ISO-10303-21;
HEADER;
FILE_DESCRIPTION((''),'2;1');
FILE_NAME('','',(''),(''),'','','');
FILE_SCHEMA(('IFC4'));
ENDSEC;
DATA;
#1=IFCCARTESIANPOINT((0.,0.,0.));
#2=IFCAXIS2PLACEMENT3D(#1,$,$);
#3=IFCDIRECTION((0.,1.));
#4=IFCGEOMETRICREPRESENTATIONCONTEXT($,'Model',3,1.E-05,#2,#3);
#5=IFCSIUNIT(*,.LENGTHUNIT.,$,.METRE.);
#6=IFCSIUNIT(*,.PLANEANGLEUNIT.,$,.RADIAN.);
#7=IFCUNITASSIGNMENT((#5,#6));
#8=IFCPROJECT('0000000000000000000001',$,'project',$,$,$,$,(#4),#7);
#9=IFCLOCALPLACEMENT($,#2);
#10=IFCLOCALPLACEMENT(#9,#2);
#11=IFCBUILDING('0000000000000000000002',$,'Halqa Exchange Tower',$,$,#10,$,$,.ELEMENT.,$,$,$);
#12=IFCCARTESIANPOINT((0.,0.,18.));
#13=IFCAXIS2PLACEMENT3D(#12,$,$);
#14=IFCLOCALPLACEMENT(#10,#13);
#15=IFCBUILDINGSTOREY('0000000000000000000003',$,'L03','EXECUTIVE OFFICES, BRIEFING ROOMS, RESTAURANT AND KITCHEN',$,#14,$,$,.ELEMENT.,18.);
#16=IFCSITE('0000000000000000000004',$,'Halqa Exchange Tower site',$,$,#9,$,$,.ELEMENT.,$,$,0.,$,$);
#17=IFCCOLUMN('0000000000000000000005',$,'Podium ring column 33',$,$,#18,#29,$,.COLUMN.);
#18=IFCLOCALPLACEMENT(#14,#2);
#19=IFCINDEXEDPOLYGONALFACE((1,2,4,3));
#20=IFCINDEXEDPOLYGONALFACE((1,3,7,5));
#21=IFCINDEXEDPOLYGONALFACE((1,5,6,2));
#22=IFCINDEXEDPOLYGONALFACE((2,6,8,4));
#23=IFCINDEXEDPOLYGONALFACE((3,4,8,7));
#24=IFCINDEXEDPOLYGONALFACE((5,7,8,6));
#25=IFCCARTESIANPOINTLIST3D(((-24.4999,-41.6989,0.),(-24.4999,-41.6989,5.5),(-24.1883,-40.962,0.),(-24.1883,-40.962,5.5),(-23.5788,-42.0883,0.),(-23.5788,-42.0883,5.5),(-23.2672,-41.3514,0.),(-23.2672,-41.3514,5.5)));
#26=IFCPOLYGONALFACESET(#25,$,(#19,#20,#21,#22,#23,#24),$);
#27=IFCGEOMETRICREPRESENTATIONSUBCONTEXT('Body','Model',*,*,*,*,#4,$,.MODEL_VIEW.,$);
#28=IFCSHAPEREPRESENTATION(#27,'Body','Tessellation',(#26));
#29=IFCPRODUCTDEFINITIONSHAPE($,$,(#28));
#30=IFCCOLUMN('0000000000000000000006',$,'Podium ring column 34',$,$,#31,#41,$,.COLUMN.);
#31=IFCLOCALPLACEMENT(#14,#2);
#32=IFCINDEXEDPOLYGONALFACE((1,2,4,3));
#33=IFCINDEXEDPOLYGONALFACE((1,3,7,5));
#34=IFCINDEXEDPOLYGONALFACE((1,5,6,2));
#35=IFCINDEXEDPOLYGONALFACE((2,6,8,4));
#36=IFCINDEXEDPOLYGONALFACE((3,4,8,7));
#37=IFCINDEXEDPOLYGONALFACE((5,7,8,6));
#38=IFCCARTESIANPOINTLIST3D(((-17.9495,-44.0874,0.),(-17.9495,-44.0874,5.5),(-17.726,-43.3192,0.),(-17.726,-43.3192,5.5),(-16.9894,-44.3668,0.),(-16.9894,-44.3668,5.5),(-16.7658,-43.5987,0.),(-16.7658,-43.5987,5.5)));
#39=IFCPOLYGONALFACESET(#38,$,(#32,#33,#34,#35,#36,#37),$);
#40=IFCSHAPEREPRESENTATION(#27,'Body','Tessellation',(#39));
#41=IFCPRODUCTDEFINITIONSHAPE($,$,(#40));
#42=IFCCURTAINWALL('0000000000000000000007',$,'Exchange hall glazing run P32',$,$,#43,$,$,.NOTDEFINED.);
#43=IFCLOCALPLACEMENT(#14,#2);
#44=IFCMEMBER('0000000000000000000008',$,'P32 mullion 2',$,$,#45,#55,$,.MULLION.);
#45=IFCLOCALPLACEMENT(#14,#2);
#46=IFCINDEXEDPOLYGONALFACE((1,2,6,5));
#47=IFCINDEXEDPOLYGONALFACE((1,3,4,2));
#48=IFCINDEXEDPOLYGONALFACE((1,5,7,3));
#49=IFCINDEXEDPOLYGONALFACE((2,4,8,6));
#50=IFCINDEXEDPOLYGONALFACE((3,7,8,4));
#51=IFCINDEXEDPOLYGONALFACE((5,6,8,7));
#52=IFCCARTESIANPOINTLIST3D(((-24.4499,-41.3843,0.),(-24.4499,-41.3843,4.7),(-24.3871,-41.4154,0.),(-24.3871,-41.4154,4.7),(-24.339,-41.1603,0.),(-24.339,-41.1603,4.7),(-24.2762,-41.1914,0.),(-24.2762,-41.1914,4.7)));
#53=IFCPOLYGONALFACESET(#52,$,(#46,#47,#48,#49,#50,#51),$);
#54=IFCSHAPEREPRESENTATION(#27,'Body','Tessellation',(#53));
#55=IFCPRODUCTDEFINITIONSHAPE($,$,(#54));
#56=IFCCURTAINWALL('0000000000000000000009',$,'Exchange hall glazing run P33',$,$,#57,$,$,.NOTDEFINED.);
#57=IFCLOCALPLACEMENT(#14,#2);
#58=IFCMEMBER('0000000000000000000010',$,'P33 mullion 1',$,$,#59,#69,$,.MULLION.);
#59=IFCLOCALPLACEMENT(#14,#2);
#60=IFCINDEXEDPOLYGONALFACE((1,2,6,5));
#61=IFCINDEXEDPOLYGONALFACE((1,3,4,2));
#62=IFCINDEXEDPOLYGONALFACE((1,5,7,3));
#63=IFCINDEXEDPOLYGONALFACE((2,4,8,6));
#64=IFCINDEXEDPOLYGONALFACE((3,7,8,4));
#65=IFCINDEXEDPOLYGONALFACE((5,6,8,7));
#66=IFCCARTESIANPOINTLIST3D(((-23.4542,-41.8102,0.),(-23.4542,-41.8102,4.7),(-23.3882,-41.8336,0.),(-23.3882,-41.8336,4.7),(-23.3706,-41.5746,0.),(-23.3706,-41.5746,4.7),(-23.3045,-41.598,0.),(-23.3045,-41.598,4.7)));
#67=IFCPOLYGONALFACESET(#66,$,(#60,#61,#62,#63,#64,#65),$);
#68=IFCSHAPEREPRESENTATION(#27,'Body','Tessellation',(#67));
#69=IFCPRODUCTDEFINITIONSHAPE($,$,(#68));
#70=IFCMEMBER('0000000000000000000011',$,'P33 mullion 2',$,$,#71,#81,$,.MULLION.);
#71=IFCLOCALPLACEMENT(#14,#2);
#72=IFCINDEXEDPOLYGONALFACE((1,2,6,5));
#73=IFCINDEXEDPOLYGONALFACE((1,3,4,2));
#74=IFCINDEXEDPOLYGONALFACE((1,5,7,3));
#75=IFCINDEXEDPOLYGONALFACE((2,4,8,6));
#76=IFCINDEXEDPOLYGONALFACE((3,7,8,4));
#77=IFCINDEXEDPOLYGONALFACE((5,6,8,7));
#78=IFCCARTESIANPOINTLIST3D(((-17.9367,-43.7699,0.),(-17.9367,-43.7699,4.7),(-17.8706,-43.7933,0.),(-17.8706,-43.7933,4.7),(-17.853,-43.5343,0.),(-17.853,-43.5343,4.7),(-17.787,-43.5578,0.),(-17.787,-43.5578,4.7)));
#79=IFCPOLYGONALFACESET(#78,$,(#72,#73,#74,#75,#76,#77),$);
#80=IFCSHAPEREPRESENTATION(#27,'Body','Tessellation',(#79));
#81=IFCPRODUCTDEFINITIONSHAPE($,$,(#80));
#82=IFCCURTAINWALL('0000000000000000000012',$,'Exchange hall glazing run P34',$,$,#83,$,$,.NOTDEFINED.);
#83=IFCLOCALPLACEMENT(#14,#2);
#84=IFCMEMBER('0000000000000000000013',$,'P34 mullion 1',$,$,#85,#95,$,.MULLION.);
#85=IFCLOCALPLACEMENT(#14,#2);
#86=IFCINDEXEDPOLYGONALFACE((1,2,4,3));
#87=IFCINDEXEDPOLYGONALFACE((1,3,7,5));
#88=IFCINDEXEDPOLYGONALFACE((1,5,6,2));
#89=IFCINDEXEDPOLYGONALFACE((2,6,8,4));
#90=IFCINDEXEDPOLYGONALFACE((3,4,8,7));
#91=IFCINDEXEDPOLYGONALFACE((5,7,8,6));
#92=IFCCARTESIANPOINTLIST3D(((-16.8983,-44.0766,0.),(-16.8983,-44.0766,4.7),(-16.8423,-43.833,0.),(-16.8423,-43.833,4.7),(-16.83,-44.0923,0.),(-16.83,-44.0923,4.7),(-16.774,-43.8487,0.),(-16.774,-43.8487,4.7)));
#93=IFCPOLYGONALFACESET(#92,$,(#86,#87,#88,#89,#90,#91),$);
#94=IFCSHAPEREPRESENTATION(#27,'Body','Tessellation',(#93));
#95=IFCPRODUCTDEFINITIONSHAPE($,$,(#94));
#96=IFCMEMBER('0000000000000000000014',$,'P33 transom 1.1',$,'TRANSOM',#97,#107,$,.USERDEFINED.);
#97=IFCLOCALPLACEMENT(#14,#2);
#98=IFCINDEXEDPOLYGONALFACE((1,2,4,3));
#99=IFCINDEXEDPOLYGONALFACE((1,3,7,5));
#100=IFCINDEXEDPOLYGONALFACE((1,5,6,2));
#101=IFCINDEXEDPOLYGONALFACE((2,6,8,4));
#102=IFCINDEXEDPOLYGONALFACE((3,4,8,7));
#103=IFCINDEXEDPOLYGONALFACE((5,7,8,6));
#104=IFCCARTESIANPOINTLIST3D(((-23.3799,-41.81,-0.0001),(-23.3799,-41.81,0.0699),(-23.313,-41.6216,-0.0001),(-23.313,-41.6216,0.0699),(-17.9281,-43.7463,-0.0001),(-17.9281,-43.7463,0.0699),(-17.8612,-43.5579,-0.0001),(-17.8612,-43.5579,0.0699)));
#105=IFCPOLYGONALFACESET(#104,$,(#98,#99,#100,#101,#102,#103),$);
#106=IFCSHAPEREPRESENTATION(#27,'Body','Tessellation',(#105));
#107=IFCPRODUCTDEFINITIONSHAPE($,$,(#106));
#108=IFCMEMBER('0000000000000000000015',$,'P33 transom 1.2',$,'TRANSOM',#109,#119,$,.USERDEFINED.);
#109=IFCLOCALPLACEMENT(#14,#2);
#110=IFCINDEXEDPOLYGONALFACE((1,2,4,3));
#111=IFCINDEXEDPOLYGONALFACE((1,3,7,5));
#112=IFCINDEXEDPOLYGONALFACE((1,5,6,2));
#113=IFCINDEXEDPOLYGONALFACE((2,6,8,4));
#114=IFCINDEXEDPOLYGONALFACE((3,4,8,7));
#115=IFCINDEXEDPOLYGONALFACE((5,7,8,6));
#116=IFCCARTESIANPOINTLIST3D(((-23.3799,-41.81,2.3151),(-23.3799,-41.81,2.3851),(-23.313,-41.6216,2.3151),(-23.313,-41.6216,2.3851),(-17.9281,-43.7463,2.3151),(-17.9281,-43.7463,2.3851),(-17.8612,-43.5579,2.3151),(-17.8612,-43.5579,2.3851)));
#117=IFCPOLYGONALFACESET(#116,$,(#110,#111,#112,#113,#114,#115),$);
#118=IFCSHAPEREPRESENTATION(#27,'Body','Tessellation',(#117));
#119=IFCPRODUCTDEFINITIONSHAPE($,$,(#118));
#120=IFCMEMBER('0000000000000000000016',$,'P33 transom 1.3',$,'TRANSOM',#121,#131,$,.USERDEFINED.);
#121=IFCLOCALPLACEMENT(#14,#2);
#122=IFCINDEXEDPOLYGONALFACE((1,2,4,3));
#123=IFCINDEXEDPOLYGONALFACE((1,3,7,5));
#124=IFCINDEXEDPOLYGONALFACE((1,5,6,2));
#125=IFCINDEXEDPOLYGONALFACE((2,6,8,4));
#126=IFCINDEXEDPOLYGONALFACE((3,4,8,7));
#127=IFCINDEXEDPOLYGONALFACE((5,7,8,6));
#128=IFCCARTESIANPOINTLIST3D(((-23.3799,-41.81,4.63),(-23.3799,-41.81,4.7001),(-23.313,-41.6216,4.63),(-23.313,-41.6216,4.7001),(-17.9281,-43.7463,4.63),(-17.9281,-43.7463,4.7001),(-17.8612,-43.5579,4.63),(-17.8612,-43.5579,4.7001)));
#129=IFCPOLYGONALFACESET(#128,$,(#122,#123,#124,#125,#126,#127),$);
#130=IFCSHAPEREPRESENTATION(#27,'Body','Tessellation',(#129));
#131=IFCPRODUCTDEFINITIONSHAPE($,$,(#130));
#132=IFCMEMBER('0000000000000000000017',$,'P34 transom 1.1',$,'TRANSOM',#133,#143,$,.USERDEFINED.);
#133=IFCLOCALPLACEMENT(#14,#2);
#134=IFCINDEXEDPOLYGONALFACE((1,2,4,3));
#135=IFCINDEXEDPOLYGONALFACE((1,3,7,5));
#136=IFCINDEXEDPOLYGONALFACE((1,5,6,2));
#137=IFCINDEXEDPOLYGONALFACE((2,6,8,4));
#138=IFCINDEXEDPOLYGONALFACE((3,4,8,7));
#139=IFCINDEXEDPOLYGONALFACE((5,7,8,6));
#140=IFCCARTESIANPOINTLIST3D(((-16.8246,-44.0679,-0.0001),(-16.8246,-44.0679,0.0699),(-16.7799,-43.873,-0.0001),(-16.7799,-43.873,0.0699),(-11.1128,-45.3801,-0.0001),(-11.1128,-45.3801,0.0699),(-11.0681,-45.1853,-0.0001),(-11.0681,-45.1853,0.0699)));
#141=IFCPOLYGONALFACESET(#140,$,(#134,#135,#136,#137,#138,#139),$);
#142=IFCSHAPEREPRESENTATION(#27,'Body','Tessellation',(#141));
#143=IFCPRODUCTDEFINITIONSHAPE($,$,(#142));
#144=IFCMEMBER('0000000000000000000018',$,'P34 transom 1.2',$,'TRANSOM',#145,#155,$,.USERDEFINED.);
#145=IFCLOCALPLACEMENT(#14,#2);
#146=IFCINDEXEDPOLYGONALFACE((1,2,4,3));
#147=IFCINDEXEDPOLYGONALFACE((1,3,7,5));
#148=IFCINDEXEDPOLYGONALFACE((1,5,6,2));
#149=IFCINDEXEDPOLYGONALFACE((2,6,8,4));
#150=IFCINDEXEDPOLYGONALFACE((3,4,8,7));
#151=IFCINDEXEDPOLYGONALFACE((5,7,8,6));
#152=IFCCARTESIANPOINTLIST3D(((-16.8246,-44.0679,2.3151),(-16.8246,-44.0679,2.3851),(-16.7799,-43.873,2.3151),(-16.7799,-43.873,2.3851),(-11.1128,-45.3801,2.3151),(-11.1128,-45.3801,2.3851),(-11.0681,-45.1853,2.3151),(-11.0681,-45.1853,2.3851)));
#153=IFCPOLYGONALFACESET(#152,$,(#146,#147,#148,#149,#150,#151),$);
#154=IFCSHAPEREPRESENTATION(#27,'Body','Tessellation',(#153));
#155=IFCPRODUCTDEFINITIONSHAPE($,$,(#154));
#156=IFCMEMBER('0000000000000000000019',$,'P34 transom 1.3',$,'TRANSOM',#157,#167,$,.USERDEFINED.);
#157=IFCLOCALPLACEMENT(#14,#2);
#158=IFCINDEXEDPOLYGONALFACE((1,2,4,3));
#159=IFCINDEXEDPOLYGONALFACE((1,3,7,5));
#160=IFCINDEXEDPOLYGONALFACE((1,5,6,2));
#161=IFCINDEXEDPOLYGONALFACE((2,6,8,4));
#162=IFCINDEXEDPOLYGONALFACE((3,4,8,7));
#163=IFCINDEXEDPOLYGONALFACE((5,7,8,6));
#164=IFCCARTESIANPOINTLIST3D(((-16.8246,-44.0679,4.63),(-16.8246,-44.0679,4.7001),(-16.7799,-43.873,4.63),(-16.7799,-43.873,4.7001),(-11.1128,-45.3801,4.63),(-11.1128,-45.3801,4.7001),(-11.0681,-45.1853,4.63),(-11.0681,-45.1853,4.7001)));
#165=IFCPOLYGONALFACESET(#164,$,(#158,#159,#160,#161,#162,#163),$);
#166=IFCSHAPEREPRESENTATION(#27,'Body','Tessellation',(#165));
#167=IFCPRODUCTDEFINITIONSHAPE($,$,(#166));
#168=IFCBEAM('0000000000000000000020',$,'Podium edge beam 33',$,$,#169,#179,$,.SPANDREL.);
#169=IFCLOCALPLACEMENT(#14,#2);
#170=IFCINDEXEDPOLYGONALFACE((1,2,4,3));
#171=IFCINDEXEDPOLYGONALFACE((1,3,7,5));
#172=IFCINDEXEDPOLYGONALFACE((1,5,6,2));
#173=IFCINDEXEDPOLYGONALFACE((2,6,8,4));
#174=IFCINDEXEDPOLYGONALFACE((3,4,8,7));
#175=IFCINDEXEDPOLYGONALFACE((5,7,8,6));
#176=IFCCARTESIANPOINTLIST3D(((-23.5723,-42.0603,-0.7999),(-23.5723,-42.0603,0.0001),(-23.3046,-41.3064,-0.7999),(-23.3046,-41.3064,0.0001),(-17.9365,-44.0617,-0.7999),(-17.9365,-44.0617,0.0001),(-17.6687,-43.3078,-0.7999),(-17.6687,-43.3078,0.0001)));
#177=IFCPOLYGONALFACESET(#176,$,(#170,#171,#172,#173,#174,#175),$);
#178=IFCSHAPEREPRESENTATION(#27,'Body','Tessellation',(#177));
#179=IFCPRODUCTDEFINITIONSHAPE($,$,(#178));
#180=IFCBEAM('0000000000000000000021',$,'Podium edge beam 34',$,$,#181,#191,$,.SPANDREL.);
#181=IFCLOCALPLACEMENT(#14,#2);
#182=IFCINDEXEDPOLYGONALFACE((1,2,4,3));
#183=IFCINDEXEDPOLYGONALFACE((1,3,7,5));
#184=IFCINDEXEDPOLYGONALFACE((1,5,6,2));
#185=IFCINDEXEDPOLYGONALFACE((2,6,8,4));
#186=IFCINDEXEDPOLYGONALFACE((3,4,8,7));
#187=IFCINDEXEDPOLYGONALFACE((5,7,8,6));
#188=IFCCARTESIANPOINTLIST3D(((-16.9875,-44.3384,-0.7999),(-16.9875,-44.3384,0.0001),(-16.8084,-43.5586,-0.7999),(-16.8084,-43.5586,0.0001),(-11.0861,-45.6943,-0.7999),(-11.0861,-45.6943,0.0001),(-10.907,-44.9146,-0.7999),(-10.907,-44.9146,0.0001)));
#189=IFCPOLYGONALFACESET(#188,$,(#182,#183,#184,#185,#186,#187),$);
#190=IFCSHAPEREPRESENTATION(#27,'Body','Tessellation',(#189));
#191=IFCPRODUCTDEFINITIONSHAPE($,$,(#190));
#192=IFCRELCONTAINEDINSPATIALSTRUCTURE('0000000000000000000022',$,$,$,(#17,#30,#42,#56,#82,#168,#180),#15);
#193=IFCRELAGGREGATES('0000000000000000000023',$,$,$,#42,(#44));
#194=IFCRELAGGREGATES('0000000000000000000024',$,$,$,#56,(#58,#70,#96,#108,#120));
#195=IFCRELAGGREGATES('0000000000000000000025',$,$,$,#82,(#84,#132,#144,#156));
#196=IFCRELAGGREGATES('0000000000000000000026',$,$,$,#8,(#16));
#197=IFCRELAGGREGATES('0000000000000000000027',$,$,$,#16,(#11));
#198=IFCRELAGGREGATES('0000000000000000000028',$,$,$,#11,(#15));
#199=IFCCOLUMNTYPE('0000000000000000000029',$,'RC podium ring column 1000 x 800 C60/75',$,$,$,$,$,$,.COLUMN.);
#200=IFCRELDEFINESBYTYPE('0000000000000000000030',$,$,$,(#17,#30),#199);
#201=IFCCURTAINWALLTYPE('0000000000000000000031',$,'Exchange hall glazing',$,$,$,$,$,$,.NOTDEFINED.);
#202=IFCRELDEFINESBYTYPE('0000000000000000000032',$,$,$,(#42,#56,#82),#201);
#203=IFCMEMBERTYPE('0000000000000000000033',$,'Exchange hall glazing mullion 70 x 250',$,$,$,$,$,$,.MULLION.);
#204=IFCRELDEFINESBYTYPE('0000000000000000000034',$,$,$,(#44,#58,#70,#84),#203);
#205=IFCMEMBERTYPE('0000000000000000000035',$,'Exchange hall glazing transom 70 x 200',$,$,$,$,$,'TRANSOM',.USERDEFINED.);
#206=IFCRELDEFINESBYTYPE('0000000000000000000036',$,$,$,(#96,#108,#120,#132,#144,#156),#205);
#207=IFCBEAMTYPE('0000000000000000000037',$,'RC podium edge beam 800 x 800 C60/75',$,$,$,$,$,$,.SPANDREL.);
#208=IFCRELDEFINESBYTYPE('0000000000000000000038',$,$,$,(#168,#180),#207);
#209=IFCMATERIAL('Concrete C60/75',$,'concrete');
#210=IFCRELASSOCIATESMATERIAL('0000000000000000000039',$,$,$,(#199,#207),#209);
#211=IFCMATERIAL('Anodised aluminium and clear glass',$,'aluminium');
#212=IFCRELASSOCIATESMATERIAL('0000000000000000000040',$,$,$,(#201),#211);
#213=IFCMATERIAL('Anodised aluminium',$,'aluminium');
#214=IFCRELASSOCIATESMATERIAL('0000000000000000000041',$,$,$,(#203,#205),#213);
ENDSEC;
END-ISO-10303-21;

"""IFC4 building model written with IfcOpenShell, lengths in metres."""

from ifc_helpers import new_model, si_unit, direction, frame, origin, origin_2d, place, context, subcontext, project, spatial, rectangle, extrude, material, material_profile, profile_set, type_object, element, aggregate, save


model = new_model("IFC4")

# Units and contexts
model_context = context("Model", 3, precision=1e-05, world=origin(), true_north=direction((0.0, 1.0)))
body_context = subcontext(model_context, "Body", "Model", "MODEL_VIEW")
ifc_project = project(units=[si_unit("LENGTHUNIT", "METRE"), si_unit("PLANEANGLEUNIT", "RADIAN")], contexts=[model_context])

# Site, building, storey
site_placement = place(None, origin())
site = spatial("IfcSite", under=ifc_project, at=site_placement, Name="Halqa Exchange Tower site", CompositionType="ELEMENT", RefElevation=0.0)
building_placement = place(site_placement, origin())
building = spatial("IfcBuilding", under=site, at=building_placement, Name="Halqa Exchange Tower", CompositionType="ELEMENT")
storey_placement = place(building_placement, frame((0.0, 0.0, 18.0)))
storey = spatial("IfcBuildingStorey", under=building, at=storey_placement, Name="L03", Description="EXECUTIVE OFFICES, BRIEFING ROOMS, RESTAURANT AND KITCHEN", CompositionType="ELEMENT", Elevation=18.0)

# Columns
ifc_material_1 = material(Name="Concrete C60/75", Category="concrete")
ifc_material_profile_1 = material_profile(ifc_material_1, rectangle(XDim=1.0, YDim=0.8, at=origin_2d()), Name="1000 x 800")
ifc_profile_set_1 = profile_set([ifc_material_profile_1], Name="Concrete C60/75")
column_type = type_object("IfcColumnType", Name="RC podium ring column 1000 x 800 C60/75", PredefinedType="COLUMN", material=ifc_profile_set_1)
for number, where, z_axis, x_axis, name in (
    (1, (-23.8835, -41.5251, 0.0), (0.0, 0.0, 1.0), (0.921048, -0.389449, 0.0), "Podium ring column 33"),
    (2, (-17.3577, -43.843, 0.0), (0.0, 0.0, 1.0), (0.960158, -0.279459, 0.0), "Podium ring column 34"),
):
    element("IfcColumn", number, at=place(storey_placement, frame(where, z_axis=z_axis, x_axis=x_axis)), inside=storey, type_object=column_type, Name=name, PredefinedType="COLUMN", context=body_context, shape_type="SweptSolid", body=[
        extrude(rectangle(XDim=1.0, YDim=0.8, at=origin_2d()), origin(), (0.0, 0.0, 1.0), 5.5),
    ])

# Curtain wall, member
ifc_material_2 = material(Name="Anodised aluminium and clear glass", Category="aluminium")
curtain_wall_type = type_object("IfcCurtainWallType", Name="Exchange hall glazing", PredefinedType="NOTDEFINED", material=ifc_material_2)
curtain_wall_1_placement = place(storey_placement, origin())
curtain_wall_1 = element("IfcCurtainWall", 3, at=curtain_wall_1_placement, inside=storey, type_object=curtain_wall_type, Name="Exchange hall glazing run P32", PredefinedType="NOTDEFINED")
ifc_material_3 = material(Name="Anodised aluminium", Category="aluminium")
ifc_material_profile_2 = material_profile(ifc_material_3, rectangle(XDim=0.25, YDim=0.0701, at=origin_2d()), Name="AL 70x250")
ifc_profile_set_2 = profile_set([ifc_material_profile_2], Name="Anodised aluminium")
member_type_1 = type_object("IfcMemberType", Name="Exchange hall glazing mullion 70 x 250", PredefinedType="MULLION", material=ifc_profile_set_2)
member_1_placement = place(storey_placement, frame((-24.363, -41.2878, 0.0), z_axis=(0.0, 0.0, 1.0), x_axis=(0.443653, 0.896198, 0.0)))
member_1 = element("IfcMember", 4, at=member_1_placement, type_object=member_type_1, Name="P32 mullion 2", PredefinedType="MULLION", context=body_context, shape_type="SweptSolid", body=[
    extrude(rectangle(XDim=0.25, YDim=0.0701, at=origin_2d()), origin(), (0.0, 0.0, 1.0), 4.7),
])

# Curtain wall, members
curtain_wall_2_placement = place(storey_placement, origin())
curtain_wall_2 = element("IfcCurtainWall", 5, at=curtain_wall_2_placement, inside=storey, type_object=curtain_wall_type, Name="Exchange hall glazing run P33", PredefinedType="NOTDEFINED")
member_2_placement = place(storey_placement, frame((-23.3794, -41.7041, 0.0), z_axis=(0.0, 0.0, 1.0), x_axis=(0.334688, 0.942329, 0.0)))
member_2 = element("IfcMember", 6, at=member_2_placement, type_object=member_type_1, Name="P33 mullion 1", PredefinedType="MULLION", context=body_context, shape_type="SweptSolid", body=[
    extrude(rectangle(XDim=0.25, YDim=0.0701, at=origin_2d()), origin(), (0.0, 0.0, 1.0), 4.7),
])
member_3_placement = place(storey_placement, frame((-17.8618, -43.6638, 0.0), z_axis=(0.0, 0.0, 1.0), x_axis=(0.334688, 0.942329, 0.0)))
member_3 = element("IfcMember", 7, at=member_3_placement, type_object=member_type_1, Name="P33 mullion 2", PredefinedType="MULLION", context=body_context, shape_type="SweptSolid", body=[
    extrude(rectangle(XDim=0.25, YDim=0.0701, at=origin_2d()), origin(), (0.0, 0.0, 1.0), 4.7),
])

# Curtain wall, member
curtain_wall_3_placement = place(storey_placement, origin())
curtain_wall_3 = element("IfcCurtainWall", 8, at=curtain_wall_3_placement, inside=storey, type_object=curtain_wall_type, Name="Exchange hall glazing run P34", PredefinedType="NOTDEFINED")
member_4_placement = place(storey_placement, frame((-16.8362, -43.9626, 0.0), z_axis=(0.0, 0.0, 1.0), x_axis=(0.223897, 0.974613, 0.0)))
member_4 = element("IfcMember", 9, at=member_4_placement, type_object=member_type_1, Name="P34 mullion 1", PredefinedType="MULLION", context=body_context, shape_type="SweptSolid", body=[
    extrude(rectangle(XDim=0.25, YDim=0.0701, at=origin_2d()), origin(), (0.0, 0.0, 1.0), 4.7),
])

# Members
ifc_material_profile_3 = material_profile(ifc_material_3, rectangle(XDim=0.2, YDim=0.0701, at=origin_2d()), Name="AL 70x200")
ifc_profile_set_3 = profile_set([ifc_material_profile_3], Name="Anodised aluminium")
member_type_2 = type_object("IfcMemberType", Name="Exchange hall glazing transom 70 x 200", ElementType="TRANSOM", PredefinedType="USERDEFINED", material=ifc_profile_set_3)
member_5_placement = place(storey_placement, frame((-23.3464, -41.7158, 0.0349), z_axis=(0.942329, -0.334689, 0.0), x_axis=(0.334689, 0.942329, 0.0)))
member_5 = element("IfcMember", 10, at=member_5_placement, type_object=member_type_2, Name="P33 transom 1.1", ObjectType="TRANSOM", PredefinedType="USERDEFINED", context=body_context, shape_type="SweptSolid", body=[
    extrude(rectangle(XDim=0.2, YDim=0.0701, at=origin_2d()), origin(), (0.0, 0.0, 1.0), 5.7854),
])
member_6_placement = place(storey_placement, frame((-23.3464, -41.7158, 2.3501), z_axis=(0.942329, -0.334689, 0.0), x_axis=(0.334689, 0.942329, 0.0)))
member_6 = element("IfcMember", 11, at=member_6_placement, type_object=member_type_2, Name="P33 transom 1.2", ObjectType="TRANSOM", PredefinedType="USERDEFINED", context=body_context, shape_type="SweptSolid", body=[
    extrude(rectangle(XDim=0.2, YDim=0.0701, at=origin_2d()), origin(), (0.0, 0.0, 1.0), 5.7854),
])
member_7_placement = place(storey_placement, frame((-23.3464, -41.7158, 4.665), z_axis=(0.942329, -0.334689, 0.0), x_axis=(0.334689, 0.942329, 0.0)))
member_7 = element("IfcMember", 12, at=member_7_placement, type_object=member_type_2, Name="P33 transom 1.3", ObjectType="TRANSOM", PredefinedType="USERDEFINED", context=body_context, shape_type="SweptSolid", body=[
    extrude(rectangle(XDim=0.2, YDim=0.0701, at=origin_2d()), origin(), (0.0, 0.0, 1.0), 5.7854),
])
member_8_placement = place(storey_placement, frame((-16.8022, -43.9705, 0.0349), z_axis=(0.97461, -0.223907, 0.0), x_axis=(0.223907, 0.97461, 0.0)))
member_8 = element("IfcMember", 13, at=member_8_placement, type_object=member_type_2, Name="P34 transom 1.1", ObjectType="TRANSOM", PredefinedType="USERDEFINED", context=body_context, shape_type="SweptSolid", body=[
    extrude(rectangle(XDim=0.2, YDim=0.0701, at=origin_2d()), origin(), (0.0, 0.0, 1.0), 5.8606),
])
member_9_placement = place(storey_placement, frame((-16.8022, -43.9705, 2.3501), z_axis=(0.97461, -0.223907, 0.0), x_axis=(0.223907, 0.97461, 0.0)))
member_9 = element("IfcMember", 14, at=member_9_placement, type_object=member_type_2, Name="P34 transom 1.2", ObjectType="TRANSOM", PredefinedType="USERDEFINED", context=body_context, shape_type="SweptSolid", body=[
    extrude(rectangle(XDim=0.2, YDim=0.0701, at=origin_2d()), origin(), (0.0, 0.0, 1.0), 5.8606),
])
member_10_placement = place(storey_placement, frame((-16.8022, -43.9705, 4.665), z_axis=(0.97461, -0.223907, 0.0), x_axis=(0.223907, 0.97461, 0.0)))
member_10 = element("IfcMember", 15, at=member_10_placement, type_object=member_type_2, Name="P34 transom 1.3", ObjectType="TRANSOM", PredefinedType="USERDEFINED", context=body_context, shape_type="SweptSolid", body=[
    extrude(rectangle(XDim=0.2, YDim=0.0701, at=origin_2d()), origin(), (0.0, 0.0, 1.0), 5.8606),
])

# Beams
ifc_material_profile_4 = material_profile(ifc_material_1, rectangle(XDim=0.8, YDim=0.8, at=origin_2d()), Name="800 x 800")
ifc_profile_set_4 = profile_set([ifc_material_profile_4], Name="Concrete C60/75")
beam_type = type_object("IfcBeamType", Name="RC podium edge beam 800 x 800 C60/75", PredefinedType="SPANDREL", material=ifc_profile_set_4)
beam_1_placement = place(storey_placement, frame((-23.4385, -41.6833, -0.3999), z_axis=(0.942343, -0.334647, 0.0), x_axis=(0.334647, 0.942343, 0.0)))
element("IfcBeam", 16, at=beam_1_placement, inside=storey, type_object=beam_type, Name="Podium edge beam 33", PredefinedType="SPANDREL", context=body_context, shape_type="SweptSolid", body=[
    extrude(rectangle(XDim=0.8, YDim=0.8, at=origin_2d()), origin(), (0.0, 0.0, 1.0), 5.9807),
])
beam_2_placement = place(storey_placement, frame((-16.8979, -43.9485, -0.3999), z_axis=(0.974604, -0.223935, 0.0), x_axis=(0.223935, 0.974604, 0.0)))
element("IfcBeam", 17, at=beam_2_placement, inside=storey, type_object=beam_type, Name="Podium edge beam 34", PredefinedType="SPANDREL", context=body_context, shape_type="SweptSolid", body=[
    extrude(rectangle(XDim=0.8, YDim=0.8, at=origin_2d()), origin(), (0.0, 0.0, 1.0), 6.0552),
])

aggregate(curtain_wall_1, [member_1])
aggregate(curtain_wall_2, [member_2, member_3, member_5, member_6, member_7])
aggregate(curtain_wall_3, [member_4, member_8, member_9, member_10])

save(model, "model.ifc")
